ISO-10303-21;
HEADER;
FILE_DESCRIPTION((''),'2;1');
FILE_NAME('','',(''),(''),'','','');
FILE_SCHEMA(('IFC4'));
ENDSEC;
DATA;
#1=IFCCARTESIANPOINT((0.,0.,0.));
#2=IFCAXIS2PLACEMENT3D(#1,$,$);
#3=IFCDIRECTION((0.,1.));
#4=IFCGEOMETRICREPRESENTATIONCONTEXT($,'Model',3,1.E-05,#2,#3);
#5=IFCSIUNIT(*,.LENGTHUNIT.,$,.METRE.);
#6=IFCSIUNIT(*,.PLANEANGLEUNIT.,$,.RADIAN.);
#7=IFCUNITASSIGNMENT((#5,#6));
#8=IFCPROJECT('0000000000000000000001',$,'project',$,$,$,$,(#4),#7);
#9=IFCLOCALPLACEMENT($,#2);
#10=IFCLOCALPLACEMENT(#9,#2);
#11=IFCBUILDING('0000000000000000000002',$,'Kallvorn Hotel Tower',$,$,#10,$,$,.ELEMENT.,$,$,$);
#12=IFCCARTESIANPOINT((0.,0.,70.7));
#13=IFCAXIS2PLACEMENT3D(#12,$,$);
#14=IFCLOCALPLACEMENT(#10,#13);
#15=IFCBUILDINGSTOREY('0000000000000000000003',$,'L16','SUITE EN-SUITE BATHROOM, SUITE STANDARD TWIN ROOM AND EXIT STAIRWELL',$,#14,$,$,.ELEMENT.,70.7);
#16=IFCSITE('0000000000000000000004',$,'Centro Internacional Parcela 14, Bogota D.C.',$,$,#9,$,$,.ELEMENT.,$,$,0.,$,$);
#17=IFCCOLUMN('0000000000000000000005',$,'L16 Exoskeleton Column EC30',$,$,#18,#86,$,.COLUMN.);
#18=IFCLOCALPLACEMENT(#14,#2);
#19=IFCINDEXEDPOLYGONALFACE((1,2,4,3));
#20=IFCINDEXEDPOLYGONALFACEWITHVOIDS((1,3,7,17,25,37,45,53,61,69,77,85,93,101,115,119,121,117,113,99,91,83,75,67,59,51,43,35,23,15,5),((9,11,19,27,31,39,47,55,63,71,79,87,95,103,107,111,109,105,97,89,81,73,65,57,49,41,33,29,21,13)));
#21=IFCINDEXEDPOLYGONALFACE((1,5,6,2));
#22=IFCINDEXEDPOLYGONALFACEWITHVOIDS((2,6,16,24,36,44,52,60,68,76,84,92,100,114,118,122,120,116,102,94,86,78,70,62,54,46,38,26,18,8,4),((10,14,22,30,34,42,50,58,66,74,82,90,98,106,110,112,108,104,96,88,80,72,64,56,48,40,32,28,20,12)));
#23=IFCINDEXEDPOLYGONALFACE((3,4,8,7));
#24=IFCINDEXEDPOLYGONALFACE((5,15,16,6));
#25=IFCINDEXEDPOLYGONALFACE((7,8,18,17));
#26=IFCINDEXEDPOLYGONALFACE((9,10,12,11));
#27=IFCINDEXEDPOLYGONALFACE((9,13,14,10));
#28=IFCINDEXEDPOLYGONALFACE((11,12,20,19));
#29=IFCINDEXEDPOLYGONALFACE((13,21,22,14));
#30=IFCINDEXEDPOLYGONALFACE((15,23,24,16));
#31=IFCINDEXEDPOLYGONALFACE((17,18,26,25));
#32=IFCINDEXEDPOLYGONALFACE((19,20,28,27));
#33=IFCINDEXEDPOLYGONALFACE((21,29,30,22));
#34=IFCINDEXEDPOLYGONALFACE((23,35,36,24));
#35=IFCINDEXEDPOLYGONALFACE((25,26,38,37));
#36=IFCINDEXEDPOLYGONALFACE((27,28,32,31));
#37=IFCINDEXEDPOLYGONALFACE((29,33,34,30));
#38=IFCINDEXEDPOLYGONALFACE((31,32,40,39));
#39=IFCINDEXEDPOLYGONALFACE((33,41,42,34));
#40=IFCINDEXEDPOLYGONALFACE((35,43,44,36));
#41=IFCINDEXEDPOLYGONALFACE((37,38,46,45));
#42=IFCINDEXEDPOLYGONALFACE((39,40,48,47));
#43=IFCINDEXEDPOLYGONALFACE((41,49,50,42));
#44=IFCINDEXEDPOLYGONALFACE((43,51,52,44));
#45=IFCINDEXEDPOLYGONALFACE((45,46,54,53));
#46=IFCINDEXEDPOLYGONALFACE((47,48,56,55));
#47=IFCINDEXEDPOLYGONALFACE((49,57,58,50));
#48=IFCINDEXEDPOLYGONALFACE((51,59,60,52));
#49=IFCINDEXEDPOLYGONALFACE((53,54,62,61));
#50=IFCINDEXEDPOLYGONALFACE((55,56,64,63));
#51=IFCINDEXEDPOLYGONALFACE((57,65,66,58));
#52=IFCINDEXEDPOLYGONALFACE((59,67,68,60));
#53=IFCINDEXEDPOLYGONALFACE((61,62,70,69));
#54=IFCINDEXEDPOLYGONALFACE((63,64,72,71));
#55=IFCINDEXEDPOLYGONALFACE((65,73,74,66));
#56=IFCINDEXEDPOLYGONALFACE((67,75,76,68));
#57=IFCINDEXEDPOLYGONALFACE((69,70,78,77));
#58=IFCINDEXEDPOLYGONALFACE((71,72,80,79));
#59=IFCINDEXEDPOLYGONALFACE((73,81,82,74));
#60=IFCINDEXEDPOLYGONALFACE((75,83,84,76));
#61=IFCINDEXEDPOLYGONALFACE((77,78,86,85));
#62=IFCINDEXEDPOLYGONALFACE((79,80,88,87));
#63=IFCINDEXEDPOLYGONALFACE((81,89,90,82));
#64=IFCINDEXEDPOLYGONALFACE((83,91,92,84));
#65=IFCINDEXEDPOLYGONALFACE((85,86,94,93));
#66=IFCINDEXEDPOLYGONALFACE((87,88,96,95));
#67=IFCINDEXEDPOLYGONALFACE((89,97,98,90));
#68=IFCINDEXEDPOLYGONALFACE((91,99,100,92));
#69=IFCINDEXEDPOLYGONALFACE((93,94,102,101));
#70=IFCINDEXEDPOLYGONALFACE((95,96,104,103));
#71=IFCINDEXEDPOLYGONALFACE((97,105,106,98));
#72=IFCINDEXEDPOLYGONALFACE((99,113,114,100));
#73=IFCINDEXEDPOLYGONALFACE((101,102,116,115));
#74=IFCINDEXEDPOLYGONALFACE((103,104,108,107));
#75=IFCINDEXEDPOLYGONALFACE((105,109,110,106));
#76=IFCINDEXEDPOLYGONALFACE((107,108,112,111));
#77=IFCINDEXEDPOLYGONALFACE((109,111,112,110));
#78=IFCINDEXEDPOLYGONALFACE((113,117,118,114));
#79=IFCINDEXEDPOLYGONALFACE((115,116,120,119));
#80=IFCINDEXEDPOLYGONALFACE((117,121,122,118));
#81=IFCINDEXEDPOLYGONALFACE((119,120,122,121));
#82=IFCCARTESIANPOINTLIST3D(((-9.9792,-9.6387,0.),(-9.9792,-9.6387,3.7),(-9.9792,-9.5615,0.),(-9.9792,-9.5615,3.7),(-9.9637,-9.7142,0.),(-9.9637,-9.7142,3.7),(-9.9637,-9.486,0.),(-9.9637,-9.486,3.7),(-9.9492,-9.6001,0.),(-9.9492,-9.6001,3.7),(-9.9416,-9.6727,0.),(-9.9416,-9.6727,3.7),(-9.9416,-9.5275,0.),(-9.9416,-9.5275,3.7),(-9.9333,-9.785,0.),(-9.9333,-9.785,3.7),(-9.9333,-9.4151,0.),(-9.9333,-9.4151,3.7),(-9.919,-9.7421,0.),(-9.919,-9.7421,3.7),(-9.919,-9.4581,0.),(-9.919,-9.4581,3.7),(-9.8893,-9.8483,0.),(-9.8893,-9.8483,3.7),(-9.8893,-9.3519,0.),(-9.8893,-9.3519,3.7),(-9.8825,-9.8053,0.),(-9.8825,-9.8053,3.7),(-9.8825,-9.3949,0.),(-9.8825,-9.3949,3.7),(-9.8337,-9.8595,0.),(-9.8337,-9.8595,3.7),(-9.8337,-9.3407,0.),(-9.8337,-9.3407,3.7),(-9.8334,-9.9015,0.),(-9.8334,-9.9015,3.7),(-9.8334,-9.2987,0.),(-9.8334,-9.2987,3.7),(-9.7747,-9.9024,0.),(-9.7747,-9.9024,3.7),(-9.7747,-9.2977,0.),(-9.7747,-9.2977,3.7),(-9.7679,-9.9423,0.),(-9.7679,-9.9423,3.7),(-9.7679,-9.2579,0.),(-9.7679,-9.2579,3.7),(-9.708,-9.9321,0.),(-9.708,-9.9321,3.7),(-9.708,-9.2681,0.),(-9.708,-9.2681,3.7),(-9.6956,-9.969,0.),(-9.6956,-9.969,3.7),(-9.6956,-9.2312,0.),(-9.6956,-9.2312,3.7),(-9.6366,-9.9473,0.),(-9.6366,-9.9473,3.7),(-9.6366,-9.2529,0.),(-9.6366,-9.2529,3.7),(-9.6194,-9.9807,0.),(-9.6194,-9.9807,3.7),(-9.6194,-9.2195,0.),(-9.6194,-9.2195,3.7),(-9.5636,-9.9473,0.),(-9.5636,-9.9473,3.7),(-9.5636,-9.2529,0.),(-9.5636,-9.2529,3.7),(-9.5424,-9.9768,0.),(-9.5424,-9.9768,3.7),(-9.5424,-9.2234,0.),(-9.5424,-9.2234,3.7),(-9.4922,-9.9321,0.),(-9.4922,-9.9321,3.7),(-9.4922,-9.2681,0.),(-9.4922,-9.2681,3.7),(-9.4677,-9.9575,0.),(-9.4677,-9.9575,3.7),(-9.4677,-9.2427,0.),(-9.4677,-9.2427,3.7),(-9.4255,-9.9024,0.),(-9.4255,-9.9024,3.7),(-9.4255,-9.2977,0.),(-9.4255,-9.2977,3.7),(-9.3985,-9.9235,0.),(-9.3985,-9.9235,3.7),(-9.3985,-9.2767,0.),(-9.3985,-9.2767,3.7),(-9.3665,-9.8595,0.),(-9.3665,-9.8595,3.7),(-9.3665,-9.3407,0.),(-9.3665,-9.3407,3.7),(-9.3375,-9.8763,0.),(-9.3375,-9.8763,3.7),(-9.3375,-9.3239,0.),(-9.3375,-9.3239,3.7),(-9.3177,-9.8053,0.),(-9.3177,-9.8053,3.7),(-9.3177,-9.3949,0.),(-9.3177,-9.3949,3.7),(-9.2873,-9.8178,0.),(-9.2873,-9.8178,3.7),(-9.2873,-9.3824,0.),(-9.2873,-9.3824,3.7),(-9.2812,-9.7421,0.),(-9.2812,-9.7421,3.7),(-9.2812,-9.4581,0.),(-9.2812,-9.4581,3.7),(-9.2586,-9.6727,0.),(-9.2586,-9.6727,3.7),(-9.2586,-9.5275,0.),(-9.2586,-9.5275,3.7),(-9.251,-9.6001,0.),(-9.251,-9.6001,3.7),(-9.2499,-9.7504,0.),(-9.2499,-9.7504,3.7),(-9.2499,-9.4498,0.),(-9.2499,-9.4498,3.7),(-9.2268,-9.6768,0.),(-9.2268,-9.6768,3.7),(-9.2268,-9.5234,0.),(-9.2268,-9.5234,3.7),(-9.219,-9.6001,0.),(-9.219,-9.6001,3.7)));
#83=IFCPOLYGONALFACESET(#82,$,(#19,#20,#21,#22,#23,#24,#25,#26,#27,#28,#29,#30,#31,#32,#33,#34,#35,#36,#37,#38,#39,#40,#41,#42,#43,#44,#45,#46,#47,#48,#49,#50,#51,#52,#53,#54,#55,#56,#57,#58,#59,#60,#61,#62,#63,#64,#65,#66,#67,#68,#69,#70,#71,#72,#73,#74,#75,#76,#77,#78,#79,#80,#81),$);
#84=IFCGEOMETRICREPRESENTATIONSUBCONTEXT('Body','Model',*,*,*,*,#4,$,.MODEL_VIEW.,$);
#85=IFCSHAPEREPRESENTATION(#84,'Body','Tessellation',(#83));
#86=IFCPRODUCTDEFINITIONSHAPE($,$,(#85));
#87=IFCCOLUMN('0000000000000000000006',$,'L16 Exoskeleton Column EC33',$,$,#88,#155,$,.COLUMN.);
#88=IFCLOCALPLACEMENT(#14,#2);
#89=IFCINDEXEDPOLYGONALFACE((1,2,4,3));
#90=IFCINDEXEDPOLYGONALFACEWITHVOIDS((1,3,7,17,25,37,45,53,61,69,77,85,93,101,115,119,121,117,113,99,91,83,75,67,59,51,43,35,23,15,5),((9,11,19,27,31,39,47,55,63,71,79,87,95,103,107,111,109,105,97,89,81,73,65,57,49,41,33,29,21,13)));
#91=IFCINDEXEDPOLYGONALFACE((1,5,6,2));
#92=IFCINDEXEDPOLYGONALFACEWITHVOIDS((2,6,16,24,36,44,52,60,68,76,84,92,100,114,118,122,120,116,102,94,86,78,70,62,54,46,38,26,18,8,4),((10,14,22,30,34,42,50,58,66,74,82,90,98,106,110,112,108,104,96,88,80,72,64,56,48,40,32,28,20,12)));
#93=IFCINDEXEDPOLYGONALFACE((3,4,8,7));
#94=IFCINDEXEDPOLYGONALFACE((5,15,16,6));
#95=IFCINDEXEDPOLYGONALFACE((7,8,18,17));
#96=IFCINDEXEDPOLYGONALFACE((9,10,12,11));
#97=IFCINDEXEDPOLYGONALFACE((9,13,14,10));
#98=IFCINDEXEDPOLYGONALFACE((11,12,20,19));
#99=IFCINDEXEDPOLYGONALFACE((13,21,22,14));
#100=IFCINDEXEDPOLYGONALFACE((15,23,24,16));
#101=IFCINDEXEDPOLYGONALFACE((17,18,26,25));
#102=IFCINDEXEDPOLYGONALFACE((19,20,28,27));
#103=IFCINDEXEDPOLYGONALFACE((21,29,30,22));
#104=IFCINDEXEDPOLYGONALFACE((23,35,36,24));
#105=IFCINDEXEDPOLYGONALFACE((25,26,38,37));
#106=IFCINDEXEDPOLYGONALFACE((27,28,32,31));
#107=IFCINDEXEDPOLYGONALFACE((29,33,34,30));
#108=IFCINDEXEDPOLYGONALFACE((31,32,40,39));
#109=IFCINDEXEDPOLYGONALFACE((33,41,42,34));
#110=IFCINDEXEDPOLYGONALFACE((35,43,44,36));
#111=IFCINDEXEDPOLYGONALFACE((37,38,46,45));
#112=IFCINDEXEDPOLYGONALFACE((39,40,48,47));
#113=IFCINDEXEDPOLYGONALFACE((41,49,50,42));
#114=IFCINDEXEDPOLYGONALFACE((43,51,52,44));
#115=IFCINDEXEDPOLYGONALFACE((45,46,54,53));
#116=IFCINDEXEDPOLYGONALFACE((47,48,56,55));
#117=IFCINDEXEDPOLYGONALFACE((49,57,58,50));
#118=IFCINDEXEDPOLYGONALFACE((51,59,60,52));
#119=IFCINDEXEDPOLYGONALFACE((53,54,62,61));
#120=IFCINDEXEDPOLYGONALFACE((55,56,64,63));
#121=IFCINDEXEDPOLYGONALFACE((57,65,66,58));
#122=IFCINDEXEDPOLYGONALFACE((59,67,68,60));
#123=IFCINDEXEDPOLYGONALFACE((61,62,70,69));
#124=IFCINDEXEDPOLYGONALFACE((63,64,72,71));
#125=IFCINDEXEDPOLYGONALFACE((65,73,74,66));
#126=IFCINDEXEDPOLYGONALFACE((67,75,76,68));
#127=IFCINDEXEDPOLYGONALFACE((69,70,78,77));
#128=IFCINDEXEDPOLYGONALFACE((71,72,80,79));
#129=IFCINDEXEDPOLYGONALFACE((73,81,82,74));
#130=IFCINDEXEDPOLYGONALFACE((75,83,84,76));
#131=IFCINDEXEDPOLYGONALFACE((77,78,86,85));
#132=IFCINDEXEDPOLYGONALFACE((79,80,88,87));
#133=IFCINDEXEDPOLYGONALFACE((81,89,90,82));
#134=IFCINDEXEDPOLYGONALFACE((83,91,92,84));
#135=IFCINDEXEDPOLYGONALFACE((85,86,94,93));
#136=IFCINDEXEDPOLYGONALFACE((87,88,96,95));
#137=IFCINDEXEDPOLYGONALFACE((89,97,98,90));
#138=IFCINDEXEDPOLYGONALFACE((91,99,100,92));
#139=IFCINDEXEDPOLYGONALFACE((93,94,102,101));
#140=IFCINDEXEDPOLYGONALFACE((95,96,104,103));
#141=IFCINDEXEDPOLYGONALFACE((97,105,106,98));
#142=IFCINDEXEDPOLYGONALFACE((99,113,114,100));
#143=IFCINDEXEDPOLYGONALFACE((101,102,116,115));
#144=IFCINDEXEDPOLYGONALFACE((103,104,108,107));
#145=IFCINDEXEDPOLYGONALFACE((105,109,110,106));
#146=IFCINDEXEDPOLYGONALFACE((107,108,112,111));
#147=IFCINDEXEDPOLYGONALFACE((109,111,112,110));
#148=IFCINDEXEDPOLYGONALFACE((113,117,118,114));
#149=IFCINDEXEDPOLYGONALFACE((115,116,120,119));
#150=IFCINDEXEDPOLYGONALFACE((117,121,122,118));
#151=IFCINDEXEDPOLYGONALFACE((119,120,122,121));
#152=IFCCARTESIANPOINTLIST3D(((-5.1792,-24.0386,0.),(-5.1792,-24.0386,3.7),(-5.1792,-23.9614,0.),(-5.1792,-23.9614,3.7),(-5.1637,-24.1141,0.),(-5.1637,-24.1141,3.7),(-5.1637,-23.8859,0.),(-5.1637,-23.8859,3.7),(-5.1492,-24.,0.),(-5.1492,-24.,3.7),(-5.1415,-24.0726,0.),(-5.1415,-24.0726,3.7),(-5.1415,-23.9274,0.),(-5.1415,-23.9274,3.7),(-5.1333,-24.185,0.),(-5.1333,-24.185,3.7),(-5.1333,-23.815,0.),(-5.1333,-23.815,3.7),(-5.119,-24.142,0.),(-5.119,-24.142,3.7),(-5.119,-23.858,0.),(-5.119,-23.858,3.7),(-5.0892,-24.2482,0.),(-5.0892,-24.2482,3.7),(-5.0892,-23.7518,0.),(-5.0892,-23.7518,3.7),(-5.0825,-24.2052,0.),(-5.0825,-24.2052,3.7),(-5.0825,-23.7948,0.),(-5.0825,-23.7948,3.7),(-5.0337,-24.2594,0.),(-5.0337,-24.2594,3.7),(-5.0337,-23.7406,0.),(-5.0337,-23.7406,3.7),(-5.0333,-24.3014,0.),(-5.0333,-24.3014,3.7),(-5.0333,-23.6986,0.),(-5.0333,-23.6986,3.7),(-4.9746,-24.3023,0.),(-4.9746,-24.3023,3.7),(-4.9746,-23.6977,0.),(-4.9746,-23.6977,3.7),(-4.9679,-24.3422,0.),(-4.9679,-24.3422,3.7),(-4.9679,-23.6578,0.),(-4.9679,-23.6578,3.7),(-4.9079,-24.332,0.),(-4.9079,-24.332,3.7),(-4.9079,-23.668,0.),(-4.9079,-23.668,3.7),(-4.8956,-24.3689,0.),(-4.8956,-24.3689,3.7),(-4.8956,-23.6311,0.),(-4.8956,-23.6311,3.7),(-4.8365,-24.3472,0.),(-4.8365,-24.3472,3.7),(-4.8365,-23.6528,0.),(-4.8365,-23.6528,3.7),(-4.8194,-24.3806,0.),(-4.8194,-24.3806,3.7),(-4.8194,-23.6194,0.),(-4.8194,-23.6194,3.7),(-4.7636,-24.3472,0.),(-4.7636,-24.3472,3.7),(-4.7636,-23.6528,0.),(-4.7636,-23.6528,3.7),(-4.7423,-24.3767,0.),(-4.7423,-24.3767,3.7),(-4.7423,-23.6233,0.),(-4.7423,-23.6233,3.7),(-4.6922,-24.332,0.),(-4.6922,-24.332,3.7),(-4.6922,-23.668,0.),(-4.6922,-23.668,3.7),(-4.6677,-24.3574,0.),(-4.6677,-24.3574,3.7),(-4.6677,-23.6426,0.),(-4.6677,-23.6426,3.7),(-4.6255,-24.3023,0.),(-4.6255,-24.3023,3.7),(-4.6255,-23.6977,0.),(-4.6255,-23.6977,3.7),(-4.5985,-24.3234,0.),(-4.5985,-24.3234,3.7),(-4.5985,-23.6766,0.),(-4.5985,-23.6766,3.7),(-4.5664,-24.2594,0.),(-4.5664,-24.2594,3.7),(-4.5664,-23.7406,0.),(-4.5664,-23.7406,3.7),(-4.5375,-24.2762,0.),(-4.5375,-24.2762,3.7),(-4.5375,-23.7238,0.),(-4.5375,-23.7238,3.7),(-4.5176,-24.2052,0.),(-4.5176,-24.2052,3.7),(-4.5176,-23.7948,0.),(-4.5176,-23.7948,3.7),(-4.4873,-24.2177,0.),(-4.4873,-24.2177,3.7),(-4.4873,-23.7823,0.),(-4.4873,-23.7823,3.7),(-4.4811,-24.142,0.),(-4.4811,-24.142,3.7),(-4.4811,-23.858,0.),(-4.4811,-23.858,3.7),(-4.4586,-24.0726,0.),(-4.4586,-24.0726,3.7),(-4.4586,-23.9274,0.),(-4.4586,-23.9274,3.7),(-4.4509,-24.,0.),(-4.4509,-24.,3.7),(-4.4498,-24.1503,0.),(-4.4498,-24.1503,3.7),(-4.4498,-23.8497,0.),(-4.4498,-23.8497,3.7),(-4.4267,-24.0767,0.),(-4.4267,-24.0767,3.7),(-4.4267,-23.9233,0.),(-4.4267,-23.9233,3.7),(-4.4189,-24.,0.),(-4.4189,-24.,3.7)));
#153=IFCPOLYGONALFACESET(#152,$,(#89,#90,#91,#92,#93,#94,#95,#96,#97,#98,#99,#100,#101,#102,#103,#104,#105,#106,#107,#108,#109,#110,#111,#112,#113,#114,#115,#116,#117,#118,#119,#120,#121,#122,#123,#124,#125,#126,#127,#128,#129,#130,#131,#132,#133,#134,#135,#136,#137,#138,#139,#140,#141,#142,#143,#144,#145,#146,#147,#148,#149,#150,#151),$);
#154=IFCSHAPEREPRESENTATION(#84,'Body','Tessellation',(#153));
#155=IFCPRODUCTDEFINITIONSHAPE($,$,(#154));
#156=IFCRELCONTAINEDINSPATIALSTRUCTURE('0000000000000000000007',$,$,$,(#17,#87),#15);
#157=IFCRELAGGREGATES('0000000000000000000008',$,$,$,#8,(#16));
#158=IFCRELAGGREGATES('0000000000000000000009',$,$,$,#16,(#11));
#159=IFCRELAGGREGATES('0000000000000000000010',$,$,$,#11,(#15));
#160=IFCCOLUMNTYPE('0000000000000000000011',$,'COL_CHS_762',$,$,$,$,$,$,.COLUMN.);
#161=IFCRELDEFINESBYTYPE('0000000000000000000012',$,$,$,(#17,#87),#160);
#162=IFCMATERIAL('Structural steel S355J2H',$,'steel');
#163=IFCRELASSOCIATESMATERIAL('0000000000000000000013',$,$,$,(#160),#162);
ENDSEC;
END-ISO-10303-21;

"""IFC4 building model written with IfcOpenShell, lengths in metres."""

from ifc_helpers import new_model, si_unit, direction, frame, origin, origin_2d, place, context, subcontext, project, spatial, hollow_circle, extrude, material, material_profile, profile_set, type_object, element, save


model = new_model("IFC4")

# Units and contexts
model_context = context("Model", 3, precision=1e-05, world=origin(), true_north=direction((0.0, 1.0)))
body_context = subcontext(model_context, "Body", "Model", "MODEL_VIEW")
ifc_project = project(units=[si_unit("LENGTHUNIT", "METRE"), si_unit("PLANEANGLEUNIT", "RADIAN")], contexts=[model_context])

# Site, building, storey
site_placement = place(None, origin())
site = spatial("IfcSite", under=ifc_project, at=site_placement, Name="Centro Internacional Parcela 14, Bogota D.C.", CompositionType="ELEMENT", RefElevation=0.0)
building_placement = place(site_placement, origin())
building = spatial("IfcBuilding", under=site, at=building_placement, Name="Kallvorn Hotel Tower", CompositionType="ELEMENT")
storey_placement = place(building_placement, frame((0.0, 0.0, 70.7)))
storey = spatial("IfcBuildingStorey", under=building, at=storey_placement, Name="L16", Description="SUITE EN-SUITE BATHROOM, SUITE STANDARD TWIN ROOM AND EXIT STAIRWELL", CompositionType="ELEMENT", Elevation=70.7)

# Columns
ifc_material_1 = material(Name="Structural steel S355J2H", Category="steel")
ifc_material_profile_1 = material_profile(ifc_material_1, hollow_circle(Radius=0.3811, WallThickness=0.032, at=origin_2d()), Name="CHS 762x32")
ifc_profile_set_1 = profile_set([ifc_material_profile_1], Name="Structural steel S355J2H")
column_type_1 = type_object("IfcColumnType", Name="COL_CHS_762", PredefinedType="COLUMN", material=ifc_profile_set_1)
for number, where, z_axis, x_axis, name in (
    (1, (-9.6001, -9.6001, 0.0), (0.0, 0.0, 1.0), (1.0, 0.0, 0.0), "L16 Exoskeleton Column EC30"),
    (2, (-4.8, -24.0, 0.0), (0.0, 0.0, 1.0), (1.0, 0.0, 0.0), "L16 Exoskeleton Column EC33"),
):
    element("IfcColumn", number, at=place(storey_placement, frame(where, z_axis=z_axis, x_axis=x_axis)), inside=storey, type_object=column_type_1, Name=name, PredefinedType="COLUMN", context=body_context, shape_type="SweptSolid", body=[
        extrude(hollow_circle(Radius=0.3811, WallThickness=0.032, at=origin_2d()), origin(), (0.0, 0.0, 1.0), 3.7),
    ])

save(model, "model.ifc")
